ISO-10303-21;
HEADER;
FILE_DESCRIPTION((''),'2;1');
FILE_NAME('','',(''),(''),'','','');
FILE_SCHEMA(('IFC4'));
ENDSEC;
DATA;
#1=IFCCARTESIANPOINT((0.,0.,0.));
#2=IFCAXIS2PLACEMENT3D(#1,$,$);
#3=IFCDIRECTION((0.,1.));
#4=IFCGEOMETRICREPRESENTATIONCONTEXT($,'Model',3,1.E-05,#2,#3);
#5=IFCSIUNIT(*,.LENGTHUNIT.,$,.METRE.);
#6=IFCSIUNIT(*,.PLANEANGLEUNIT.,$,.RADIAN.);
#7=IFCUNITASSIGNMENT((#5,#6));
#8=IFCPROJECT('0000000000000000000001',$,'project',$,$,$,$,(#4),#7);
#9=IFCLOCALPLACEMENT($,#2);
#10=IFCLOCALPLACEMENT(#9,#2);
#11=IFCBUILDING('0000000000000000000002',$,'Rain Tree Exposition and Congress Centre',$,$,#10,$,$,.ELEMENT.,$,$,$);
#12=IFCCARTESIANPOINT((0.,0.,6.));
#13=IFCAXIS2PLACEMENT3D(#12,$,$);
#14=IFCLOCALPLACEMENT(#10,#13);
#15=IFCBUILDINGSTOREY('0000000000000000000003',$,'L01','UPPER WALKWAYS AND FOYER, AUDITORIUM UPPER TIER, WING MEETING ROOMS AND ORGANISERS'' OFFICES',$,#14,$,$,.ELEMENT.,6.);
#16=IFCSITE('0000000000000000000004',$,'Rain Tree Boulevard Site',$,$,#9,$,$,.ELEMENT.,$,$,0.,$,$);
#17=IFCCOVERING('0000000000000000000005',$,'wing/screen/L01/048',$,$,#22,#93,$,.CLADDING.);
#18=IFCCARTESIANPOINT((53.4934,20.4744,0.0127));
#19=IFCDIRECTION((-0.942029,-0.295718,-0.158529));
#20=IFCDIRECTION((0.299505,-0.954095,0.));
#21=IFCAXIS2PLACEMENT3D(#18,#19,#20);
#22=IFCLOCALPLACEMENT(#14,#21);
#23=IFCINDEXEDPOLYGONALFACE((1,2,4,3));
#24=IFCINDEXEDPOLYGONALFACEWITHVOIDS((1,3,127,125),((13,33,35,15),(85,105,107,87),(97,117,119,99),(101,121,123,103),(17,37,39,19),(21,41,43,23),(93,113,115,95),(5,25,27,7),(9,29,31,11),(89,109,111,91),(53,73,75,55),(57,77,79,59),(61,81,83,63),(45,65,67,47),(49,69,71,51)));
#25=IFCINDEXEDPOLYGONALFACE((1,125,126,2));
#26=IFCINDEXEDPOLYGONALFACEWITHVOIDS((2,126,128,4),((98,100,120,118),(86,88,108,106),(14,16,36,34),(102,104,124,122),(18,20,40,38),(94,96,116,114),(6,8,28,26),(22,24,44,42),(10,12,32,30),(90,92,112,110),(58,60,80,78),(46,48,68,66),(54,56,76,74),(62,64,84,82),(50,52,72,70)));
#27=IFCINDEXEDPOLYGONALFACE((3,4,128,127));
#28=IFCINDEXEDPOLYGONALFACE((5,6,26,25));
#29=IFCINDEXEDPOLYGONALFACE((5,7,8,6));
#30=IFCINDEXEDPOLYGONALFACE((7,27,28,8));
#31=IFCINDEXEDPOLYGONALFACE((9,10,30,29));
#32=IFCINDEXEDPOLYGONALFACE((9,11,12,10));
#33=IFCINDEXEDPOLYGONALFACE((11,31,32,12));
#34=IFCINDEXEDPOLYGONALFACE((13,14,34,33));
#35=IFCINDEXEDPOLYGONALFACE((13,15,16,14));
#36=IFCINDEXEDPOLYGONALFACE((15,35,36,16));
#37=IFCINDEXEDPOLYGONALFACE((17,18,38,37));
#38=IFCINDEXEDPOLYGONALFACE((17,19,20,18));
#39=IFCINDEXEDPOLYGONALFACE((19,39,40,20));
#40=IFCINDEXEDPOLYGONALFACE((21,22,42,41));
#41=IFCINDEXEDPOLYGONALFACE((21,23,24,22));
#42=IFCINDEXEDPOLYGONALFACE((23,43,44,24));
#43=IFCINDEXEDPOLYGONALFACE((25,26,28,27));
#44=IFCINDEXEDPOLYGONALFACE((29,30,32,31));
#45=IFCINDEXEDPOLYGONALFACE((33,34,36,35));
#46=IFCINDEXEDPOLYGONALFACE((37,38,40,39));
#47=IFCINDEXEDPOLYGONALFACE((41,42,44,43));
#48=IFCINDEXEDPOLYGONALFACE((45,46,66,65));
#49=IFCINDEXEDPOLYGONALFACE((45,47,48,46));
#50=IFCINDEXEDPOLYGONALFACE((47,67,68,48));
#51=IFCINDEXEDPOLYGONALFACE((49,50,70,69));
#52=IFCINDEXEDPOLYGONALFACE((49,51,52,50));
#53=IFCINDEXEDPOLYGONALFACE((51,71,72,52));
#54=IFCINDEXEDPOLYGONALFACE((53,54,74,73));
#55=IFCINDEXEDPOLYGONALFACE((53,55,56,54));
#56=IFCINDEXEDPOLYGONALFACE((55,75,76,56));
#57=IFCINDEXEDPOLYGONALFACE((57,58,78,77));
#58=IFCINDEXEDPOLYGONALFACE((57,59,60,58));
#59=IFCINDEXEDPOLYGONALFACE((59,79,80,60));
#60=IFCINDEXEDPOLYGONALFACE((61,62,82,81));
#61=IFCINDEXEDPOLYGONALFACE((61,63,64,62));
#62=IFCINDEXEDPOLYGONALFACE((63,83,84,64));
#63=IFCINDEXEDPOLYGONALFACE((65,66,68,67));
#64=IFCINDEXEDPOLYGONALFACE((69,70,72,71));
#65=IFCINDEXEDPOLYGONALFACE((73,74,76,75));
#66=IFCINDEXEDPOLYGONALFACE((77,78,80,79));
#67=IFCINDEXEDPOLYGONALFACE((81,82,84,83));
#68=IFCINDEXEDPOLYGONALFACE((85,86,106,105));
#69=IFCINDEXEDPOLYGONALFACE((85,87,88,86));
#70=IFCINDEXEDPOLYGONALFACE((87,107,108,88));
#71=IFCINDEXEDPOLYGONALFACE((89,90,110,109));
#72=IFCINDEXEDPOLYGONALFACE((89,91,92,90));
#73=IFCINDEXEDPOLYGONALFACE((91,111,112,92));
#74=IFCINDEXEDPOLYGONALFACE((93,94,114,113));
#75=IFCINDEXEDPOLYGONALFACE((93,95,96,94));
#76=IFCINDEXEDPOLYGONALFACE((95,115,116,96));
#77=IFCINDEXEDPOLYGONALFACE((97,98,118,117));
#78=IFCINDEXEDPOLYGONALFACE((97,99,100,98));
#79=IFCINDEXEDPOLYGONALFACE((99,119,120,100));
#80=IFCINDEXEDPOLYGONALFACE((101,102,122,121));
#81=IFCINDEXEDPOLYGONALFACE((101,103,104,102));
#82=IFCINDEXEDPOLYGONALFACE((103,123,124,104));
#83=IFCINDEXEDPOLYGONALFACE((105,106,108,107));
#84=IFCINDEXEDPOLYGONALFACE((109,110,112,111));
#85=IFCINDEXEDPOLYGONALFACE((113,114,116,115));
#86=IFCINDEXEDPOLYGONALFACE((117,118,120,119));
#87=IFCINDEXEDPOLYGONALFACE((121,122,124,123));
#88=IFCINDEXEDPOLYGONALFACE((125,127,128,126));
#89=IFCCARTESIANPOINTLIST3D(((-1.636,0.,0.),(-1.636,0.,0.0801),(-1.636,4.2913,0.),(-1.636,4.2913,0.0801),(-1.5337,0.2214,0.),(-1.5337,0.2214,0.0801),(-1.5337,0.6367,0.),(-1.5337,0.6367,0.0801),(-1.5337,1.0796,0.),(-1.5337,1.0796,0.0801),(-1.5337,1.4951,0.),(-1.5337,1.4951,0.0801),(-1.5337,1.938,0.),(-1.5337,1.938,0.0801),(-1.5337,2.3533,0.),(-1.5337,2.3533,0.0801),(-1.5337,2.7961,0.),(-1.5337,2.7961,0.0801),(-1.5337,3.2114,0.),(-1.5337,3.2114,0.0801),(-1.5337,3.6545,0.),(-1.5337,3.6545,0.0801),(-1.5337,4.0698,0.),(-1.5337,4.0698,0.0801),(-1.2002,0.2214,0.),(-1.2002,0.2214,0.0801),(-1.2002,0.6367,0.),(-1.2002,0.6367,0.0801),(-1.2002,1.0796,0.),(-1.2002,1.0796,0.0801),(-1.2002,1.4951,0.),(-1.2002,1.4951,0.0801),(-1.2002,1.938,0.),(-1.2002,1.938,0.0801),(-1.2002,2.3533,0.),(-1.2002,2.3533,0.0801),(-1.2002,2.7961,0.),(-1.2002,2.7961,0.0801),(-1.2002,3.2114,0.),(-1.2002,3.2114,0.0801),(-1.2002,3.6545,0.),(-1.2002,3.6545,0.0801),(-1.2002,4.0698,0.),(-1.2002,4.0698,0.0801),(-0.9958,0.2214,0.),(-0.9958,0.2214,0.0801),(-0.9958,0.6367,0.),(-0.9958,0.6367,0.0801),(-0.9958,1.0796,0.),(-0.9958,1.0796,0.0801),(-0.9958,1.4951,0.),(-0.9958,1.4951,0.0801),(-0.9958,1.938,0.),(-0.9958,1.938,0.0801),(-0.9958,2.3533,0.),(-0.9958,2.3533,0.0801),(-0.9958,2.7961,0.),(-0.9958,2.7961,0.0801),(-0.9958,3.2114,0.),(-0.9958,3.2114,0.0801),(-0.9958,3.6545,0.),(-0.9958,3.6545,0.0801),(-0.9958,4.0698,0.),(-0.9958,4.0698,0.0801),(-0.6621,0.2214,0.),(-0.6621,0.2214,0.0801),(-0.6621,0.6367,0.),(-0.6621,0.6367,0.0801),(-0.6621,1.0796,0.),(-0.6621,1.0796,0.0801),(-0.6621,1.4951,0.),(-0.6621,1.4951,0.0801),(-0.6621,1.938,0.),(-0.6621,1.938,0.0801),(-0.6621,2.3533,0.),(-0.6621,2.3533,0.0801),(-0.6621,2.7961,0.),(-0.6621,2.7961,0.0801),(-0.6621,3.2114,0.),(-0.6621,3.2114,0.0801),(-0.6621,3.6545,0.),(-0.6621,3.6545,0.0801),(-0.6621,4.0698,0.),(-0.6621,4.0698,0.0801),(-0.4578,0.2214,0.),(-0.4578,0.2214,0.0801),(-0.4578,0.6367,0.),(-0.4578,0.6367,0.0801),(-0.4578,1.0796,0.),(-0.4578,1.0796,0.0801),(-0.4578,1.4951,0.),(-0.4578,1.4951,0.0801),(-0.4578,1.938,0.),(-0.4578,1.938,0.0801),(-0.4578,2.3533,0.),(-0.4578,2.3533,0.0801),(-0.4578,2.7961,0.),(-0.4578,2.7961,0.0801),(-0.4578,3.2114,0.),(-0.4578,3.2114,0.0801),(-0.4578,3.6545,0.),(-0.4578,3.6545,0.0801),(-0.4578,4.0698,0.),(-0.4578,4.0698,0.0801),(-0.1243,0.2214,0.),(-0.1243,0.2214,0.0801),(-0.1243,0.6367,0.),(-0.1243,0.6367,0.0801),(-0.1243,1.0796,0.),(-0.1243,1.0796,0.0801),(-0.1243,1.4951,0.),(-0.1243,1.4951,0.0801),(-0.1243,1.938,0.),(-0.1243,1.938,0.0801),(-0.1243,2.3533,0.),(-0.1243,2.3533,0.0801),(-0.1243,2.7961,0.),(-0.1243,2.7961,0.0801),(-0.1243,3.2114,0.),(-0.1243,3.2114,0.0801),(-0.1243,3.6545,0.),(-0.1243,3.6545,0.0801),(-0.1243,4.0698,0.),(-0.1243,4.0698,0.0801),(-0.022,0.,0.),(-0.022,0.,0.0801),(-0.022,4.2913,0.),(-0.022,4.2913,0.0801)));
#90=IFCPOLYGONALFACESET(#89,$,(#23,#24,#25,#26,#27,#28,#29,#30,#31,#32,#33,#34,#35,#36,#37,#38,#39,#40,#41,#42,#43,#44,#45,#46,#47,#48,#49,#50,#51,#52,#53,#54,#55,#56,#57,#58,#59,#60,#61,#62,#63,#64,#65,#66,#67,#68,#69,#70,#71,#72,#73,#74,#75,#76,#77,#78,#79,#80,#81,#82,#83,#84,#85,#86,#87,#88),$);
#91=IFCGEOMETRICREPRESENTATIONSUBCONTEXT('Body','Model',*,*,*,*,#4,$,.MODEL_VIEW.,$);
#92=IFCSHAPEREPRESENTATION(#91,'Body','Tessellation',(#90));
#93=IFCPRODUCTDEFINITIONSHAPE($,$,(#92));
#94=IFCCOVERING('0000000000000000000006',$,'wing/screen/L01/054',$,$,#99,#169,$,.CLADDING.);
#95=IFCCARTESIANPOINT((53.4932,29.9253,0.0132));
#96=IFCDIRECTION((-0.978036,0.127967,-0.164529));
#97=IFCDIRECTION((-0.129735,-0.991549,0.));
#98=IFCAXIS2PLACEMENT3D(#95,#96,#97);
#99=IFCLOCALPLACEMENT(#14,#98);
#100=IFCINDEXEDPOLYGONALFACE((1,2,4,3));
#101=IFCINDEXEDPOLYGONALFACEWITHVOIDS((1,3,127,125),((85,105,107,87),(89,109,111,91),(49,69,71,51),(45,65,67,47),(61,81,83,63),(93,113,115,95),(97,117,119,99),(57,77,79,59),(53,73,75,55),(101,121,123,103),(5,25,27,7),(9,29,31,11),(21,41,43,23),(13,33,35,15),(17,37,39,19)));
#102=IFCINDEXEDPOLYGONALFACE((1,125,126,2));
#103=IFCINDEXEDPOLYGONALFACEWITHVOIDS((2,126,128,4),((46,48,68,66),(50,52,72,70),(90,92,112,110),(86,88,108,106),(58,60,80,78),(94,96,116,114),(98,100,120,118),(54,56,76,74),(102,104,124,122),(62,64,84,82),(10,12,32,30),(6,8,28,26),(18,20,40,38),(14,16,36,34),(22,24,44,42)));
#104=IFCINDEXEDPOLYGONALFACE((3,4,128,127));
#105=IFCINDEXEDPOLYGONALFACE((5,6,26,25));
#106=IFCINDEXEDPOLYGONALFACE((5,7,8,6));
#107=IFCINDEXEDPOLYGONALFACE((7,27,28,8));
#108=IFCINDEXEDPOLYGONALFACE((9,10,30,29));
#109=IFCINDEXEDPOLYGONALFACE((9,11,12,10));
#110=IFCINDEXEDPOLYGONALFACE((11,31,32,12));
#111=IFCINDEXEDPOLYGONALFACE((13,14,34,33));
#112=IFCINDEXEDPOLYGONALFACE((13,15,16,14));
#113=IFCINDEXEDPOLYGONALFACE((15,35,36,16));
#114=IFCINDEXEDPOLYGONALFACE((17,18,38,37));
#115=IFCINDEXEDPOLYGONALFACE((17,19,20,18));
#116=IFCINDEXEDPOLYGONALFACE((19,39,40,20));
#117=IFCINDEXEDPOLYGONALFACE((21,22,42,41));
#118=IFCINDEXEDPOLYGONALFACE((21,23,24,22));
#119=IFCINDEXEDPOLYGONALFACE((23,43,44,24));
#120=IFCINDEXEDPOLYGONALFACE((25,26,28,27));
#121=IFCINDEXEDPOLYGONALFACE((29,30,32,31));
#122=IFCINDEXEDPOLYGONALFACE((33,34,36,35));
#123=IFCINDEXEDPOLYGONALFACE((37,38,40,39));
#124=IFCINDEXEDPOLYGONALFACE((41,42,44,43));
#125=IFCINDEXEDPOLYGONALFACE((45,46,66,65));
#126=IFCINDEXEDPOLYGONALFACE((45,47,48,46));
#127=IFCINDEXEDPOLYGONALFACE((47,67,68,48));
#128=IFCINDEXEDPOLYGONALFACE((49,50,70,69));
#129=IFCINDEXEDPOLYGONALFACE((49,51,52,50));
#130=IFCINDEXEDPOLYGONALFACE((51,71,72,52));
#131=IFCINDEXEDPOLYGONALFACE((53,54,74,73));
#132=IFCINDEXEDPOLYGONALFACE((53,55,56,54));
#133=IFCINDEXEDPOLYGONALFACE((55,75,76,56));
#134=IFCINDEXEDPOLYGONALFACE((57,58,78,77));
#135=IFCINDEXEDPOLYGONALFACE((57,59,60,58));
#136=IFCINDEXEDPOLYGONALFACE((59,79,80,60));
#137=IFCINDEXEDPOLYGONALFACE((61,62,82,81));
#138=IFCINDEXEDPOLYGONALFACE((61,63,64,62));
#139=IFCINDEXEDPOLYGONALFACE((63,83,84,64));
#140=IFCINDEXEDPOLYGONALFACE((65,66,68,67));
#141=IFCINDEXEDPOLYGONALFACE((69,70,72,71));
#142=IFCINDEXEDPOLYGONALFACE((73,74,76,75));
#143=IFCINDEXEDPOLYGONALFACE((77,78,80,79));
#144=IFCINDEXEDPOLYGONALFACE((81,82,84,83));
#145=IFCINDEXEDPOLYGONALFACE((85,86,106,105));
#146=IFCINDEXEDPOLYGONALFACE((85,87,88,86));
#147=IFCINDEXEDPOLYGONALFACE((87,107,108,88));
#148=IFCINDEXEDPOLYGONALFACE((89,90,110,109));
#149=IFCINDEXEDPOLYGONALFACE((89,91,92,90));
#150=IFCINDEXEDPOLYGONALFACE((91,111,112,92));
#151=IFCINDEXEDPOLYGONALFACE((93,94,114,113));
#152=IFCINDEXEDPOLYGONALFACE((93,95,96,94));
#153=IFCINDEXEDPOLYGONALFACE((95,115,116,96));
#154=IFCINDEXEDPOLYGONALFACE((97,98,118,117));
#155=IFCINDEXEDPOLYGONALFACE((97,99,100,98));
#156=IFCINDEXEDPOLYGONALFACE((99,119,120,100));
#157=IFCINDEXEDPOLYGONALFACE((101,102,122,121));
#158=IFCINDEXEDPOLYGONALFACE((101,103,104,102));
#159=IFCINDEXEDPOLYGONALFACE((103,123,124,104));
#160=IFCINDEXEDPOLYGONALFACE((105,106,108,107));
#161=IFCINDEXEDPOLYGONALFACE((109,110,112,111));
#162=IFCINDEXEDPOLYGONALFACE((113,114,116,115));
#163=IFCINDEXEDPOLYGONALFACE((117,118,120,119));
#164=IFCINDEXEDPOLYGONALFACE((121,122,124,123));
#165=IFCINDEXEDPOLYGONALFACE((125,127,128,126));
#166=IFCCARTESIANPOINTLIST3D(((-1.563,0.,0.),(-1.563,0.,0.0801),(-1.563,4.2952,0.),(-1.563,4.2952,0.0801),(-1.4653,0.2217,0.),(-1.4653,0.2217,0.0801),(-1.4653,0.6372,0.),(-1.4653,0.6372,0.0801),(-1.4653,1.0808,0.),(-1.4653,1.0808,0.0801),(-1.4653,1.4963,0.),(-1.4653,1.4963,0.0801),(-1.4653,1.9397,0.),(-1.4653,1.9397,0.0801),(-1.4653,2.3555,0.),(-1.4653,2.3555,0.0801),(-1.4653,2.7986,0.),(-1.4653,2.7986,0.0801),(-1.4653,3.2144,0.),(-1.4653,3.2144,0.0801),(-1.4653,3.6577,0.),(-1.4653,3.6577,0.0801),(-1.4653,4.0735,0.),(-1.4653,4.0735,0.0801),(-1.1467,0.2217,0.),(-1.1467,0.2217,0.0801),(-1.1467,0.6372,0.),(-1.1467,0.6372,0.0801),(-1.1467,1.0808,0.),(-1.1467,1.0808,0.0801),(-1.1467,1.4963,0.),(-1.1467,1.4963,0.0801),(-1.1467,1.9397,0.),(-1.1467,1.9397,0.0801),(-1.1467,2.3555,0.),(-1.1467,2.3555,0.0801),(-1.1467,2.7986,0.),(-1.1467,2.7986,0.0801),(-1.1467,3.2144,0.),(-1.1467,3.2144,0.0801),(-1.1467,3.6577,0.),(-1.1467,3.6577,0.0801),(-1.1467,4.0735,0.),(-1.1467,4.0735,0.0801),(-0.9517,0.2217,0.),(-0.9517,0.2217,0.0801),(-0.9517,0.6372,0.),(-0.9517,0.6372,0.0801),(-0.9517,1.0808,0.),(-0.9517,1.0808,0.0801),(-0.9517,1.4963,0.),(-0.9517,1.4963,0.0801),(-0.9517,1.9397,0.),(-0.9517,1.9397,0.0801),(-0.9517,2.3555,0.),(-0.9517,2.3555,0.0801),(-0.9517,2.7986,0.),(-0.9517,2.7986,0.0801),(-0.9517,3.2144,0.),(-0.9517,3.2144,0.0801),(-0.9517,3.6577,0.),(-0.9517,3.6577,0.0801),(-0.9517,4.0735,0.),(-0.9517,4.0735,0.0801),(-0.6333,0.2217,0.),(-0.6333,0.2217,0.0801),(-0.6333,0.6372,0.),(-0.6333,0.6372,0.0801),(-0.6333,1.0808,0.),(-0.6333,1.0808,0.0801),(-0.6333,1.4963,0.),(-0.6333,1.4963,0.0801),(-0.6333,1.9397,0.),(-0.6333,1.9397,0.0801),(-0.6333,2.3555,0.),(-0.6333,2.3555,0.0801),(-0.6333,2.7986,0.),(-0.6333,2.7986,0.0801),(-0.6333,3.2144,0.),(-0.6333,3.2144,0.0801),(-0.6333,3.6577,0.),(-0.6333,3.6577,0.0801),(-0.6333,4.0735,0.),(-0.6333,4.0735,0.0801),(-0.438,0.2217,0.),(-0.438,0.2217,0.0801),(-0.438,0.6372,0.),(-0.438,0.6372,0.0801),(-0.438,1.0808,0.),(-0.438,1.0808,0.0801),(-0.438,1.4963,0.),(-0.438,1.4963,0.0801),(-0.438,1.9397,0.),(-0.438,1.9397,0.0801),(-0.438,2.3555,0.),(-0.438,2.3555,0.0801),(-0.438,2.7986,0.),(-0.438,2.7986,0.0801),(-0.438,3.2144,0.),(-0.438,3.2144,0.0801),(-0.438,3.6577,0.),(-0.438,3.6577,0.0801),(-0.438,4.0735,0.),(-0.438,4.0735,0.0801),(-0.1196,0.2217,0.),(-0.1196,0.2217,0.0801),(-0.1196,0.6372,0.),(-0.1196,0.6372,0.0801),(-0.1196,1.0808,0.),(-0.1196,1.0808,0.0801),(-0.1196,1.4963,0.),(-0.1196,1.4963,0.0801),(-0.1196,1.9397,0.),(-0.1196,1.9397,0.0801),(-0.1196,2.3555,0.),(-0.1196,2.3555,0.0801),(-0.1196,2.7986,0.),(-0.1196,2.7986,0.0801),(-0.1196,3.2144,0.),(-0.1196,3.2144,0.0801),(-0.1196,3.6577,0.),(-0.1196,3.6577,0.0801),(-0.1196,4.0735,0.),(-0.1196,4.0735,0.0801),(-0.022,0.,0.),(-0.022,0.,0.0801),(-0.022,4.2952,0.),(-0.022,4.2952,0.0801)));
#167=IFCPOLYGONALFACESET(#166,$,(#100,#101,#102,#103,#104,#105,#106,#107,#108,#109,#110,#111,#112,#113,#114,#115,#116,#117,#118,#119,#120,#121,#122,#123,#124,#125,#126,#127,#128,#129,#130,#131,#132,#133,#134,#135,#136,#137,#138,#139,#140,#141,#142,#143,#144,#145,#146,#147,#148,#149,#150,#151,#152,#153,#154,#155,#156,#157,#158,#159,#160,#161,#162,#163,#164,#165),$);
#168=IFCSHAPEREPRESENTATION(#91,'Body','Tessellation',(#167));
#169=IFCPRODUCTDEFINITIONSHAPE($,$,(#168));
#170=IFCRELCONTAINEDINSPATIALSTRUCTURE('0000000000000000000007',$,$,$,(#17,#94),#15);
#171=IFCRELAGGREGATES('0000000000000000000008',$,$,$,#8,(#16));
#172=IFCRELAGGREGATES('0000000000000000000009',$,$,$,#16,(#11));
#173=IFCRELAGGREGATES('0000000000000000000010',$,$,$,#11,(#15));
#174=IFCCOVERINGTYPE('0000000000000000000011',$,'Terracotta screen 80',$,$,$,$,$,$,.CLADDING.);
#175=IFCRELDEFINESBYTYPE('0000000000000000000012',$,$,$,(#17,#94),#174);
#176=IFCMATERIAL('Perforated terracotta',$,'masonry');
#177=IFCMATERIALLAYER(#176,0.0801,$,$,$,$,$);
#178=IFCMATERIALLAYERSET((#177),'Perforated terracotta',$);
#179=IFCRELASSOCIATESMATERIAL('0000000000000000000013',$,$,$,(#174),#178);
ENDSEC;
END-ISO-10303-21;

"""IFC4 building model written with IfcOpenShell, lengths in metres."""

from ifc_helpers import new_model, si_unit, direction, frame, origin, place, context, subcontext, project, spatial, polyline, outline, extrude, material, layer, layer_set, type_object, element, save


model = new_model("IFC4")

# Units and contexts
model_context = context("Model", 3, precision=1e-05, world=origin(), true_north=direction((0.0, 1.0)))
body_context = subcontext(model_context, "Body", "Model", "MODEL_VIEW")
ifc_project = project(units=[si_unit("LENGTHUNIT", "METRE"), si_unit("PLANEANGLEUNIT", "RADIAN")], contexts=[model_context])

# Site, building, storey
site_placement = place(None, origin())
site = spatial("IfcSite", under=ifc_project, at=site_placement, Name="Rain Tree Boulevard Site", CompositionType="ELEMENT", RefElevation=0.0)
building_placement = place(site_placement, origin())
building = spatial("IfcBuilding", under=site, at=building_placement, Name="Rain Tree Exposition and Congress Centre", CompositionType="ELEMENT")
storey_placement = place(building_placement, frame((0.0, 0.0, 6.0)))
storey = spatial("IfcBuildingStorey", under=building, at=storey_placement, Name="L01", Description="UPPER WALKWAYS AND FOYER, AUDITORIUM UPPER TIER, WING MEETING ROOMS AND ORGANISERS' OFFICES", CompositionType="ELEMENT", Elevation=6.0)

# Coverings
ifc_material_1 = material(Name="Perforated terracotta", Category="masonry")
ifc_layer = layer(ifc_material_1, 0.0801)
ifc_layer_set = layer_set([ifc_layer], Name="Perforated terracotta")
covering_type = type_object("IfcCoveringType", Name="Terracotta screen 80", PredefinedType="CLADDING", material=ifc_layer_set)
covering_1_placement = place(storey_placement, frame((53.4934, 20.4744, 0.0127), z_axis=(-0.942029, -0.295718, -0.158529), x_axis=(0.299505, -0.954095, 0.0)))
element("IfcCovering", 1, at=covering_1_placement, inside=storey, type_object=covering_type, Name="wing/screen/L01/048", PredefinedType="CLADDING", context=body_context, shape_type="SweptSolid", body=[
    extrude(outline(polyline([(-1.636, 0.0), (-1.636, 4.2913), (-0.022, 4.2913), (-0.022, 0.0), (-1.636, 0.0)]), holes=[polyline([(-0.1243, 0.2214), (-0.1243, 0.6367), (-0.4578, 0.6367), (-0.4578, 0.2214), (-0.1243, 0.2214)]), polyline([(-0.1243, 1.0796), (-0.1243, 1.4951), (-0.4578, 1.4951), (-0.4578, 1.0796), (-0.1243, 1.0796)]), polyline([(-0.1243, 1.938), (-0.1243, 2.3533), (-0.4578, 2.3533), (-0.4578, 1.938), (-0.1243, 1.938)]), polyline([(-0.1243, 2.7961), (-0.1243, 3.2114), (-0.4578, 3.2114), (-0.4578, 2.7961), (-0.1243, 2.7961)]), polyline([(-0.1243, 3.6545), (-0.1243, 4.0698), (-0.4578, 4.0698), (-0.4578, 3.6545), (-0.1243, 3.6545)]), polyline([(-0.6621, 0.2214), (-0.6621, 0.6367), (-0.9958, 0.6367), (-0.9958, 0.2214), (-0.6621, 0.2214)]), polyline([(-0.6621, 1.0796), (-0.6621, 1.4951), (-0.9958, 1.4951), (-0.9958, 1.0796), (-0.6621, 1.0796)]), polyline([(-0.6621, 1.938), (-0.6621, 2.3533), (-0.9958, 2.3533), (-0.9958, 1.938), (-0.6621, 1.938)]), polyline([(-0.6621, 2.7961), (-0.6621, 3.2114), (-0.9958, 3.2114), (-0.9958, 2.7961), (-0.6621, 2.7961)]), polyline([(-0.6621, 3.6545), (-0.6621, 4.0698), (-0.9958, 4.0698), (-0.9958, 3.6545), (-0.6621, 3.6545)]), polyline([(-1.2002, 0.2214), (-1.2002, 0.6367), (-1.5337, 0.6367), (-1.5337, 0.2214), (-1.2002, 0.2214)]), polyline([(-1.2002, 1.0796), (-1.2002, 1.4951), (-1.5337, 1.4951), (-1.5337, 1.0796), (-1.2002, 1.0796)]), polyline([(-1.2002, 1.938), (-1.2002, 2.3533), (-1.5337, 2.3533), (-1.5337, 1.938), (-1.2002, 1.938)]), polyline([(-1.2002, 2.7961), (-1.2002, 3.2114), (-1.5337, 3.2114), (-1.5337, 2.7961), (-1.2002, 2.7961)]), polyline([(-1.2002, 3.6545), (-1.2002, 4.0698), (-1.5337, 4.0698), (-1.5337, 3.6545), (-1.2002, 3.6545)])]), origin(), (0.0, 0.0, 1.0), 0.0801),
])
covering_2_placement = place(storey_placement, frame((53.4932, 29.9253, 0.0132), z_axis=(-0.978036, 0.127967, -0.164529), x_axis=(-0.129735, -0.991549, 0.0)))
element("IfcCovering", 2, at=covering_2_placement, inside=storey, type_object=covering_type, Name="wing/screen/L01/054", PredefinedType="CLADDING", context=body_context, shape_type="SweptSolid", body=[
    extrude(outline(polyline([(-1.563, 0.0), (-1.563, 4.2952), (-0.022, 4.2952), (-0.022, 0.0), (-1.563, 0.0)]), holes=[polyline([(-0.1196, 0.2217), (-0.1196, 0.6372), (-0.438, 0.6372), (-0.438, 0.2217), (-0.1196, 0.2217)]), polyline([(-0.1196, 1.0808), (-0.1196, 1.4963), (-0.438, 1.4963), (-0.438, 1.0808), (-0.1196, 1.0808)]), polyline([(-0.1196, 1.9397), (-0.1196, 2.3555), (-0.438, 2.3555), (-0.438, 1.9397), (-0.1196, 1.9397)]), polyline([(-0.1196, 2.7986), (-0.1196, 3.2144), (-0.438, 3.2144), (-0.438, 2.7986), (-0.1196, 2.7986)]), polyline([(-0.1196, 3.6577), (-0.1196, 4.0735), (-0.438, 4.0735), (-0.438, 3.6577), (-0.1196, 3.6577)]), polyline([(-0.6333, 0.2217), (-0.6333, 0.6372), (-0.9517, 0.6372), (-0.9517, 0.2217), (-0.6333, 0.2217)]), polyline([(-0.6333, 1.0808), (-0.6333, 1.4963), (-0.9517, 1.4963), (-0.9517, 1.0808), (-0.6333, 1.0808)]), polyline([(-0.6333, 1.9397), (-0.6333, 2.3555), (-0.9517, 2.3555), (-0.9517, 1.9397), (-0.6333, 1.9397)]), polyline([(-0.6333, 2.7986), (-0.6333, 3.2144), (-0.9517, 3.2144), (-0.9517, 2.7986), (-0.6333, 2.7986)]), polyline([(-0.6333, 3.6577), (-0.6333, 4.0735), (-0.9517, 4.0735), (-0.9517, 3.6577), (-0.6333, 3.6577)]), polyline([(-1.1467, 0.2217), (-1.1467, 0.6372), (-1.4653, 0.6372), (-1.4653, 0.2217), (-1.1467, 0.2217)]), polyline([(-1.1467, 1.0808), (-1.1467, 1.4963), (-1.4653, 1.4963), (-1.4653, 1.0808), (-1.1467, 1.0808)]), polyline([(-1.1467, 1.9397), (-1.1467, 2.3555), (-1.4653, 2.3555), (-1.4653, 1.9397), (-1.1467, 1.9397)]), polyline([(-1.1467, 2.7986), (-1.1467, 3.2144), (-1.4653, 3.2144), (-1.4653, 2.7986), (-1.1467, 2.7986)]), polyline([(-1.1467, 3.6577), (-1.1467, 4.0735), (-1.4653, 4.0735), (-1.4653, 3.6577), (-1.1467, 3.6577)])]), origin(), (0.0, 0.0, 1.0), 0.0801),
])

save(model, "model.ifc")
